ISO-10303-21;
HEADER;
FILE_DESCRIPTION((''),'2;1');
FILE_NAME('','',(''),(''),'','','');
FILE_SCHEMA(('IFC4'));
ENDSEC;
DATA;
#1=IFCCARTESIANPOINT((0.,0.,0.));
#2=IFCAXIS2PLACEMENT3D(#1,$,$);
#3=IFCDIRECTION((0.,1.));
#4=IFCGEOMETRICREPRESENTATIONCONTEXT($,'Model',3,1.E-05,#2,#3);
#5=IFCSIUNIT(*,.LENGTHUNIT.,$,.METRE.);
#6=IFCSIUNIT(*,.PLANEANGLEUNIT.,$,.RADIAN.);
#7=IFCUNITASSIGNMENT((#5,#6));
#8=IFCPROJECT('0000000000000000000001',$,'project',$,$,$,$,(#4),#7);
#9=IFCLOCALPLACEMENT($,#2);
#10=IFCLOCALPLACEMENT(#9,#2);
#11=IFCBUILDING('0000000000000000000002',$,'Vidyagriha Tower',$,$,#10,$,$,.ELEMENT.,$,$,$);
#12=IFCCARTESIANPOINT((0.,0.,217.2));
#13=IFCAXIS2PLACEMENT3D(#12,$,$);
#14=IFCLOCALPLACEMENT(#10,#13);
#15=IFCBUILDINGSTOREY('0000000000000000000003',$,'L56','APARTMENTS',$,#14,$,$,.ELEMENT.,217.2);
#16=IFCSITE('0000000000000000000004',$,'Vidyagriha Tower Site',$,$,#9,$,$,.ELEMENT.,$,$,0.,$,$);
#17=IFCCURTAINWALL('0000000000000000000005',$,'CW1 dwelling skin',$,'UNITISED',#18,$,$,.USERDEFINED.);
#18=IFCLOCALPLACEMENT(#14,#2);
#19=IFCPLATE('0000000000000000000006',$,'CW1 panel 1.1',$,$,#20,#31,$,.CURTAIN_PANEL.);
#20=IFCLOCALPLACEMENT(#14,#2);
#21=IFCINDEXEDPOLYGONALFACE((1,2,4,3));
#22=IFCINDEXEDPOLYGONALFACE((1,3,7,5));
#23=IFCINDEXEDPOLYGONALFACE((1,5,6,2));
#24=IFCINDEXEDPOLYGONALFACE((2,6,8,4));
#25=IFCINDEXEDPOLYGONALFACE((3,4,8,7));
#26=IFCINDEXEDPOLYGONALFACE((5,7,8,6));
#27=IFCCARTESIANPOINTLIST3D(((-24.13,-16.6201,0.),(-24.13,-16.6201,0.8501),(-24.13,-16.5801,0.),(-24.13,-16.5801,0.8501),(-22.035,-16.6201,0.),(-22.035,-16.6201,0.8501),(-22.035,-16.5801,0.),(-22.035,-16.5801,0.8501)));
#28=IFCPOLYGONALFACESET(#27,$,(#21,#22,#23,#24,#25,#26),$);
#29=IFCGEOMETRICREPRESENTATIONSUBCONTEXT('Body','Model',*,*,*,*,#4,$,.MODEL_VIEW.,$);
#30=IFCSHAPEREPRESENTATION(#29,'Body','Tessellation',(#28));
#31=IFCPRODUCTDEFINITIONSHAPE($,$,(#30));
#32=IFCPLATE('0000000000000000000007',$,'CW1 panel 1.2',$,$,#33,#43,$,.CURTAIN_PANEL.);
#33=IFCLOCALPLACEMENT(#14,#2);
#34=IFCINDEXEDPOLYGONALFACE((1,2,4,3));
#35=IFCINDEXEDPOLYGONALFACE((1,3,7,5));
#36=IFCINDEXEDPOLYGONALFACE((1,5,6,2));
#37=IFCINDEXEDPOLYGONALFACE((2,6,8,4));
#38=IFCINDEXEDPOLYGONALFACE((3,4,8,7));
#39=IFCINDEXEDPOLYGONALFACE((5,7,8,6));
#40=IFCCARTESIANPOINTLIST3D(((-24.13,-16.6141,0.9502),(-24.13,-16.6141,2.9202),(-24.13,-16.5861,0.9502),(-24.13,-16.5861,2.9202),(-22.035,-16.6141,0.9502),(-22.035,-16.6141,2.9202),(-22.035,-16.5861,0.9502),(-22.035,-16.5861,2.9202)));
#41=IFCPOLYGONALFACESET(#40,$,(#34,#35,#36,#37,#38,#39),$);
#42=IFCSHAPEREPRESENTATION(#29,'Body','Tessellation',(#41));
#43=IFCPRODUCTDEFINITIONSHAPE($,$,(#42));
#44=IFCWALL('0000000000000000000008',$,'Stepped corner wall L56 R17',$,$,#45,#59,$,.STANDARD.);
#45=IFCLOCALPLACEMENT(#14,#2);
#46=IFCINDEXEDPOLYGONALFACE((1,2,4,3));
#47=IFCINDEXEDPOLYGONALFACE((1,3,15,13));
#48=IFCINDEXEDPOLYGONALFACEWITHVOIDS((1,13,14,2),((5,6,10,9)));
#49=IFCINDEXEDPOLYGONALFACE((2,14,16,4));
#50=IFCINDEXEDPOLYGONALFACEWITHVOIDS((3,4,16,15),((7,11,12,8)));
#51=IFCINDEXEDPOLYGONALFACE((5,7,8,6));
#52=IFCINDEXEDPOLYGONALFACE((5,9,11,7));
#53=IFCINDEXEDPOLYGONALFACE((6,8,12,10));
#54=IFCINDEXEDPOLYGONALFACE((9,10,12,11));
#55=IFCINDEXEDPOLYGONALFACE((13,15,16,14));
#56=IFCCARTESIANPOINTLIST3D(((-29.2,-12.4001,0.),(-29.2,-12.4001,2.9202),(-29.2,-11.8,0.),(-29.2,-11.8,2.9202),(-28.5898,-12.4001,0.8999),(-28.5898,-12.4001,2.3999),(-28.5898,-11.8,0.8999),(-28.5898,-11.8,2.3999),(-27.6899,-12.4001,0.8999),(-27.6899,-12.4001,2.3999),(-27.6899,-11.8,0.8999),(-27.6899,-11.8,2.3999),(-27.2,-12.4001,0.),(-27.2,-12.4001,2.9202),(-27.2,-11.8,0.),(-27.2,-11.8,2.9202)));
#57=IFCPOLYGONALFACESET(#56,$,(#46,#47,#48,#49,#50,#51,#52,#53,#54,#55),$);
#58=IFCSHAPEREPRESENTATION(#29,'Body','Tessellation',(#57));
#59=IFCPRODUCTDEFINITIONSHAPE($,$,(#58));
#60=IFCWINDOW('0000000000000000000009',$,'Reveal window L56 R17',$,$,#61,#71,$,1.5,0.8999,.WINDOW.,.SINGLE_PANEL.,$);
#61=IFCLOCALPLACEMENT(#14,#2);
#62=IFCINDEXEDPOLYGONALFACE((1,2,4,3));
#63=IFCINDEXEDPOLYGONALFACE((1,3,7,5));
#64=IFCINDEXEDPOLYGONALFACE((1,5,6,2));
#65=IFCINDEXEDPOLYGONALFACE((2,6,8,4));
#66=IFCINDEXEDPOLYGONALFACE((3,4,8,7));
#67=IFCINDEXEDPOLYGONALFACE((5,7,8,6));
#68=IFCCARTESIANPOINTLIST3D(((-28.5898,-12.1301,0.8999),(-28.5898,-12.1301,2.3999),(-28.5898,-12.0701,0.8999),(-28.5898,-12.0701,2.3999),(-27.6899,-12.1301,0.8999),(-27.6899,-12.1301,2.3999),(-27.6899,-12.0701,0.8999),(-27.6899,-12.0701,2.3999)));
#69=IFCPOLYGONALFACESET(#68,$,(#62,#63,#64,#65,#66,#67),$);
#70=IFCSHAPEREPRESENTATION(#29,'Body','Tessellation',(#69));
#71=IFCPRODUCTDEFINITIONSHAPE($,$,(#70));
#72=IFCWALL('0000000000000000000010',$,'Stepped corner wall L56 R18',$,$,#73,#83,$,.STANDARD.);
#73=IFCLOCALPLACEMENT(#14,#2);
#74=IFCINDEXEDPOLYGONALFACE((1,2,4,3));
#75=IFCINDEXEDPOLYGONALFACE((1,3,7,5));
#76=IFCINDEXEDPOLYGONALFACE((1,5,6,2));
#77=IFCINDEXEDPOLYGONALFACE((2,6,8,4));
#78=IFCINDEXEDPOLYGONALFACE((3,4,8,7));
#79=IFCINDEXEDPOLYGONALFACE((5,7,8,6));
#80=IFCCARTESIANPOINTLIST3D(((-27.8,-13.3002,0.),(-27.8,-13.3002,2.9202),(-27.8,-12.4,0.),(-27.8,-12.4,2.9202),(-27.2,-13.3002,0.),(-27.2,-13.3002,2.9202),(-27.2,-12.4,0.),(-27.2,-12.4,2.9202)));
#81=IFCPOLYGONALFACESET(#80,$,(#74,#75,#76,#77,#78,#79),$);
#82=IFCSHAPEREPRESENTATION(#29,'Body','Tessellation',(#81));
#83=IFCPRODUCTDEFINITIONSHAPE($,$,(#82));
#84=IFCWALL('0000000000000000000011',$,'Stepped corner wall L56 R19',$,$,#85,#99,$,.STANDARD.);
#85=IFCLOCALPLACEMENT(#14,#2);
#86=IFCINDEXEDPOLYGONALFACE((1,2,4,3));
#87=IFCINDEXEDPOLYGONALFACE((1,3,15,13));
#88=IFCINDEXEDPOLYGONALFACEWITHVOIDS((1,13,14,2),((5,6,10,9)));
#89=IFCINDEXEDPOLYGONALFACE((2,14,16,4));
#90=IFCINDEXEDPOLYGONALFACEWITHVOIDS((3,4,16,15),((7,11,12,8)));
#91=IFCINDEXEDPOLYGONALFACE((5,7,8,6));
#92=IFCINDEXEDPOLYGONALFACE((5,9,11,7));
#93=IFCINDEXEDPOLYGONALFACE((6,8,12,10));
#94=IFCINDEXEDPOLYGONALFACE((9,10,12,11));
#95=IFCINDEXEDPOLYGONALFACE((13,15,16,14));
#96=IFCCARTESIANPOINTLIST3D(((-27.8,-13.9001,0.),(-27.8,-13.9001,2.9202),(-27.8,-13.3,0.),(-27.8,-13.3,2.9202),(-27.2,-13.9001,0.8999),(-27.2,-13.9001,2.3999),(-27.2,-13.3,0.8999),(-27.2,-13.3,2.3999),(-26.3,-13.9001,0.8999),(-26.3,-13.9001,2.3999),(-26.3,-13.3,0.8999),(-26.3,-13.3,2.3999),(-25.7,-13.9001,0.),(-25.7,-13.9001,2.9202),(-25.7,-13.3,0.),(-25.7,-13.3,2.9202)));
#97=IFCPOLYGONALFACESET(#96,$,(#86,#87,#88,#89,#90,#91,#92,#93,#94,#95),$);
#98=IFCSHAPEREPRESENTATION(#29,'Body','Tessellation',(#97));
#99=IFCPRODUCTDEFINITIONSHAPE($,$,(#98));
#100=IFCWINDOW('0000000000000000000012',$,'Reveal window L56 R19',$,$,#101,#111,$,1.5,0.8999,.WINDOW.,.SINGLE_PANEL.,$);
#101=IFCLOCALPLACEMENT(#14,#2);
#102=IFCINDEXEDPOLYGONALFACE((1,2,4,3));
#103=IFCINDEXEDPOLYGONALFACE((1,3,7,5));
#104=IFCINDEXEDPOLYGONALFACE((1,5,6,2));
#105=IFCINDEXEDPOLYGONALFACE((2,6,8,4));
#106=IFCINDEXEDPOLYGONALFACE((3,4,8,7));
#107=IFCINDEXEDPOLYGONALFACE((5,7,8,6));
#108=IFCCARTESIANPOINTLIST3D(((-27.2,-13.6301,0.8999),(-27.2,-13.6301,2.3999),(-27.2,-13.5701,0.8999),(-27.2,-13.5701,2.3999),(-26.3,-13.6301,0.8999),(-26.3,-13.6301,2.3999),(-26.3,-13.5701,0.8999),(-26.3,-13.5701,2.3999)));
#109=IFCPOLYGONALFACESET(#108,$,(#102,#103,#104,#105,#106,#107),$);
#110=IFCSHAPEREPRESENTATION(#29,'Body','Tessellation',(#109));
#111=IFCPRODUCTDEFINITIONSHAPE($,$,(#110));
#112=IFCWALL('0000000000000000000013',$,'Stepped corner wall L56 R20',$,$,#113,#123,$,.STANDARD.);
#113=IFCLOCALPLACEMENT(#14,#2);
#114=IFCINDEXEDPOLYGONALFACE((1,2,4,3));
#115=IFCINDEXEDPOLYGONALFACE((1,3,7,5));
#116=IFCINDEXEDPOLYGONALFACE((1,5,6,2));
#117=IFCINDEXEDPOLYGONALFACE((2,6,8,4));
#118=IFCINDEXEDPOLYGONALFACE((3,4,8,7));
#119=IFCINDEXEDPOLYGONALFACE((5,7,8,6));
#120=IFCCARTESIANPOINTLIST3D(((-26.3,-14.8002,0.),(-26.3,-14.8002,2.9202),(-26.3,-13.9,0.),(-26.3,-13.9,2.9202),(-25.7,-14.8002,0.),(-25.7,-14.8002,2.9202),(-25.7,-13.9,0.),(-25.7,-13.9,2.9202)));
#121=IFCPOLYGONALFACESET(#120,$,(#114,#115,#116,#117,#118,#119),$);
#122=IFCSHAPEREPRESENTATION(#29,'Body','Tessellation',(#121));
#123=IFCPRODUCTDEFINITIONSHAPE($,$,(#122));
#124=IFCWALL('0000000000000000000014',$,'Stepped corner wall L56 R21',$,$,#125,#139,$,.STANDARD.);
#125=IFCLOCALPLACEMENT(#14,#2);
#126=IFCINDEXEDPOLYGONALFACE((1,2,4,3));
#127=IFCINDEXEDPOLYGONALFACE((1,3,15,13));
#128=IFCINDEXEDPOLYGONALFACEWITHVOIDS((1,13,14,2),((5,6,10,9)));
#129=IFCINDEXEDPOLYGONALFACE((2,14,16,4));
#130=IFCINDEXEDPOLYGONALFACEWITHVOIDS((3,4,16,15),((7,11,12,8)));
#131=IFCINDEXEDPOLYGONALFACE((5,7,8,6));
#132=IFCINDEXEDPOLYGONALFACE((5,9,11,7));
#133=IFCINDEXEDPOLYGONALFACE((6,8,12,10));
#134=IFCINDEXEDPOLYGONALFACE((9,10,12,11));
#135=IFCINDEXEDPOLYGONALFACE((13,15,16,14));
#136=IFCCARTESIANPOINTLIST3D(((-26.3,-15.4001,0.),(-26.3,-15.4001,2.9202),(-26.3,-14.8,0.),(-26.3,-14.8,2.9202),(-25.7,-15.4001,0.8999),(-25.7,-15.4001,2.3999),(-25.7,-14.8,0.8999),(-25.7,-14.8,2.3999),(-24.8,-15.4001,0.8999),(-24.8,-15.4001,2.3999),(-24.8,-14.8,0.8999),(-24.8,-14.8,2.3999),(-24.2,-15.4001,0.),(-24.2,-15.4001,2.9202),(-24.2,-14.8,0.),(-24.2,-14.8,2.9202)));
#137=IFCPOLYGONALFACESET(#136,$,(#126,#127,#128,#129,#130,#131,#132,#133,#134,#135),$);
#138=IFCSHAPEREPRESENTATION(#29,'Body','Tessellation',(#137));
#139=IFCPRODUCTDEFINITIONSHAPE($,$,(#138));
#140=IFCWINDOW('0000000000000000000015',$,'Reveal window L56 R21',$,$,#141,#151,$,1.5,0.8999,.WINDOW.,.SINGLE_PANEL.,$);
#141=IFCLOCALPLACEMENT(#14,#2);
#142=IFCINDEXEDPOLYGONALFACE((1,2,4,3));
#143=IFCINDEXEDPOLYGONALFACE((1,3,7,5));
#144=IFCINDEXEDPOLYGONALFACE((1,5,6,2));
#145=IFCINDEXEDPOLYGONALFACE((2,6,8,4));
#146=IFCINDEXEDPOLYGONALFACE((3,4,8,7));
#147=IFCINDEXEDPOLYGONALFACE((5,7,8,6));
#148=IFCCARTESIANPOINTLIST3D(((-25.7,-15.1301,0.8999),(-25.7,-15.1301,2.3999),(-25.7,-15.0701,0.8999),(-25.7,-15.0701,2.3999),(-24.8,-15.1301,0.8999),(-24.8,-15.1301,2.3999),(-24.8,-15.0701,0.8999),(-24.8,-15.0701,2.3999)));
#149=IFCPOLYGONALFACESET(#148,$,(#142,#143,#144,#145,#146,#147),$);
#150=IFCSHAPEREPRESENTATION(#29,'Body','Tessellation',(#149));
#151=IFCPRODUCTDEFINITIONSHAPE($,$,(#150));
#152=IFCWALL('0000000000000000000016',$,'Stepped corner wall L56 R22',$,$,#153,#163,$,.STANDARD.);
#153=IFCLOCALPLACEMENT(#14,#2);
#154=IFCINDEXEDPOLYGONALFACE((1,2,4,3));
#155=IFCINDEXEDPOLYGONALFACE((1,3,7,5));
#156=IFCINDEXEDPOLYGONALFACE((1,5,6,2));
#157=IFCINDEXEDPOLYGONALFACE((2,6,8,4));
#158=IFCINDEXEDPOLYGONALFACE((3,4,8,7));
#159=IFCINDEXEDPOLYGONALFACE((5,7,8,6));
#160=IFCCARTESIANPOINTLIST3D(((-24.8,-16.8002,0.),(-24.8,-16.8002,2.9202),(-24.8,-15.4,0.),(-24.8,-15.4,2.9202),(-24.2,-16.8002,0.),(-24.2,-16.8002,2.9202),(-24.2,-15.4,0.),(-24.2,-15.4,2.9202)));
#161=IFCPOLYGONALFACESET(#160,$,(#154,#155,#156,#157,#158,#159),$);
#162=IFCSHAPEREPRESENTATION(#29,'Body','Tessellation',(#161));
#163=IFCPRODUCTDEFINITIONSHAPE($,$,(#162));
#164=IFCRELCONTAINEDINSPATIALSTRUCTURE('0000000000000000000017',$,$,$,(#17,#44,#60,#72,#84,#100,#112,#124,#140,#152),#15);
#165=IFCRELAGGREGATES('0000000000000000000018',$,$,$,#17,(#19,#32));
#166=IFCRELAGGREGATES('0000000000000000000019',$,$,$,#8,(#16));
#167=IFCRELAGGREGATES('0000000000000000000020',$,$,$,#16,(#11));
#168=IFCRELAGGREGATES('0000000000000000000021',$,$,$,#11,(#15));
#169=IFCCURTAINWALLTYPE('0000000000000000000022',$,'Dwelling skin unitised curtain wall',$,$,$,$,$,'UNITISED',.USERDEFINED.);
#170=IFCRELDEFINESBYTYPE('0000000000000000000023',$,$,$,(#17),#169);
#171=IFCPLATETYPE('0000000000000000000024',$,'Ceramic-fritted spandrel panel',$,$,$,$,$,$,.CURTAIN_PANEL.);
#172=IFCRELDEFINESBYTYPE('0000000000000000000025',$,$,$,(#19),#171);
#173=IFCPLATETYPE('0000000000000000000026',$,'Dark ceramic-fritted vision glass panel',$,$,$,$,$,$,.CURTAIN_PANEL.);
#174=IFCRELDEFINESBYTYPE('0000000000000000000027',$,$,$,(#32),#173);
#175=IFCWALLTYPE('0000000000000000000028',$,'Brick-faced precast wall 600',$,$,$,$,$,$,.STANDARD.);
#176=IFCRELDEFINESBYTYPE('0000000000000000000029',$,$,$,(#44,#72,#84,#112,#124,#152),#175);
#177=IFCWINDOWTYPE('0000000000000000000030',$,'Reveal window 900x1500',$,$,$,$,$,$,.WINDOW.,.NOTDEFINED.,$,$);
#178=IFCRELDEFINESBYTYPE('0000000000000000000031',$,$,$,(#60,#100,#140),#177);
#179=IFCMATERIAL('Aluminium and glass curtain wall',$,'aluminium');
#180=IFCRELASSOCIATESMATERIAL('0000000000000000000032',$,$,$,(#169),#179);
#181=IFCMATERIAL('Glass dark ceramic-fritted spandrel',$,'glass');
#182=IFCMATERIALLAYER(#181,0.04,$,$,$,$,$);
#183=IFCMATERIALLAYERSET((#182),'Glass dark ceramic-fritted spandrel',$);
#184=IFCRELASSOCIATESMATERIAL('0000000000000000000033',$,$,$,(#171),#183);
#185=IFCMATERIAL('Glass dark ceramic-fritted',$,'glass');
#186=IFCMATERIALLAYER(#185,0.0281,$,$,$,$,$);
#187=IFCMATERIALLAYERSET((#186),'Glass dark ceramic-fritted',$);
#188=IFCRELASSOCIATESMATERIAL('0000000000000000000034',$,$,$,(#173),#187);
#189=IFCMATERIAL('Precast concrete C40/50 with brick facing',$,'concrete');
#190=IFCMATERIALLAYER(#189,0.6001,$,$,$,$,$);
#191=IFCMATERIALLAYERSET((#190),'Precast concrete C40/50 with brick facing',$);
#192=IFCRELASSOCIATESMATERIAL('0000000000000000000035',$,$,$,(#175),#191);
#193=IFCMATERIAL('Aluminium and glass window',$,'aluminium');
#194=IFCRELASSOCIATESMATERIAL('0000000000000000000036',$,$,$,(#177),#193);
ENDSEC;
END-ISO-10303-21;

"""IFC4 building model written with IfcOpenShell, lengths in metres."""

from ifc_helpers import new_model, si_unit, direction, frame, frame_2d, origin, origin_2d, place, context, subcontext, project, spatial, rectangle, extrude, material, layer, layer_set, type_object, element, fill, aggregate, save


model = new_model("IFC4")

# Units and contexts
model_context = context("Model", 3, precision=1e-05, world=origin(), true_north=direction((0.0, 1.0)))
body_context = subcontext(model_context, "Body", "Model", "MODEL_VIEW")
ifc_project = project(units=[si_unit("LENGTHUNIT", "METRE"), si_unit("PLANEANGLEUNIT", "RADIAN")], contexts=[model_context])

# Site, building, storey
site_placement = place(None, origin())
site = spatial("IfcSite", under=ifc_project, at=site_placement, Name="Vidyagriha Tower Site", CompositionType="ELEMENT", RefElevation=0.0)
building_placement = place(site_placement, origin())
building = spatial("IfcBuilding", under=site, at=building_placement, Name="Vidyagriha Tower", CompositionType="ELEMENT")
storey_placement = place(building_placement, frame((0.0, 0.0, 217.2)))
storey = spatial("IfcBuildingStorey", under=building, at=storey_placement, Name="L56", Description="APARTMENTS", CompositionType="ELEMENT", Elevation=217.2)

# Shared definitions
ifc_material_1 = material(Name="Aluminium and glass curtain wall", Category="aluminium")
curtain_wall_type = type_object("IfcCurtainWallType", Name="Dwelling skin unitised curtain wall", ElementType="UNITISED", PredefinedType="USERDEFINED", material=ifc_material_1)

# Curtain wall, plates
curtain_wall_1_placement = place(storey_placement, origin())
curtain_wall_1 = element("IfcCurtainWall", 1, at=curtain_wall_1_placement, inside=storey, type_object=curtain_wall_type, Name="CW1 dwelling skin", ObjectType="UNITISED", PredefinedType="USERDEFINED")
ifc_material_2 = material(Name="Glass dark ceramic-fritted spandrel", Category="glass")
ifc_layer_1 = layer(ifc_material_2, 0.04)
ifc_layer_set_1 = layer_set([ifc_layer_1], Name="Glass dark ceramic-fritted spandrel")
plate_type_1 = type_object("IfcPlateType", Name="Ceramic-fritted spandrel panel", PredefinedType="CURTAIN_PANEL", material=ifc_layer_set_1)
plate_1_placement = place(storey_placement, frame((-23.0825, -16.6001, 0.0)))
plate_1 = element("IfcPlate", 2, at=plate_1_placement, type_object=plate_type_1, Name="CW1 panel 1.1", PredefinedType="CURTAIN_PANEL", context=body_context, shape_type="SweptSolid", body=[
    extrude(rectangle(XDim=2.095, YDim=0.04, at=origin_2d()), origin(), (0.0, 0.0, 1.0), 0.8501),
])
ifc_material_3 = material(Name="Glass dark ceramic-fritted", Category="glass")
ifc_layer_2 = layer(ifc_material_3, 0.0281)
ifc_layer_set_2 = layer_set([ifc_layer_2], Name="Glass dark ceramic-fritted")
plate_type_2 = type_object("IfcPlateType", Name="Dark ceramic-fritted vision glass panel", PredefinedType="CURTAIN_PANEL", material=ifc_layer_set_2)
plate_2_placement = place(storey_placement, frame((-23.0825, -16.6001, 0.9502)))
plate_2 = element("IfcPlate", 3, at=plate_2_placement, type_object=plate_type_2, Name="CW1 panel 1.2", PredefinedType="CURTAIN_PANEL", context=body_context, shape_type="SweptSolid", body=[
    extrude(rectangle(XDim=2.095, YDim=0.0281, at=origin_2d()), origin(), (0.0, 0.0, 1.0), 1.97),
])
aggregate(curtain_wall_1, [plate_1, plate_2])

# Wall, opening, window
ifc_material_4 = material(Name="Precast concrete C40/50 with brick facing", Category="concrete")
ifc_layer_3 = layer(ifc_material_4, 0.6001)
ifc_layer_set_3 = layer_set([ifc_layer_3], Name="Precast concrete C40/50 with brick facing")
wall_type = type_object("IfcWallType", Name="Brick-faced precast wall 600", PredefinedType="STANDARD", material=ifc_layer_set_3)
wall_1_placement = place(storey_placement, frame((-29.2, -12.1001, 0.0)))
wall_1 = element("IfcWall", 4, at=wall_1_placement, inside=storey, type_object=wall_type, Name="Stepped corner wall L56 R17", PredefinedType="STANDARD", context=body_context, shape_type="SweptSolid", body=[
    extrude(rectangle(XDim=2.0, YDim=0.6001, at=frame_2d((1.0, 0.0))), origin(), (0.0, 0.0, 1.0), 2.9202),
])
opening_1_placement = place(wall_1_placement, frame((0.6101, 0.0, 0.8999)))
opening_1 = element("IfcOpeningElement", 5, at=opening_1_placement, cuts=wall_1, PredefinedType="OPENING", context=body_context, shape_type="SweptSolid", body=[
    extrude(rectangle(XDim=0.8999, YDim=1.5, at=frame_2d((0.45, 0.75))), frame((0.0, 0.3101, 0.0), z_axis=(0.0, -1.0, 0.0), x_axis=(1.0, 0.0, 0.0)), (0.0, 0.0, 1.0), 0.6201),
])
ifc_material_5 = material(Name="Aluminium and glass window", Category="aluminium")
window_type = type_object("IfcWindowType", Name="Reveal window 900x1500", PartitioningType="NOTDEFINED", PredefinedType="WINDOW", material=ifc_material_5)
window_1_placement = place(opening_1_placement, origin())
window_1 = element("IfcWindow", 6, at=window_1_placement, inside=storey, type_object=window_type, Name="Reveal window L56 R17", OverallHeight=1.5, OverallWidth=0.8999, PartitioningType="SINGLE_PANEL", PredefinedType="WINDOW", context=body_context, shape_type="SweptSolid", body=[
    extrude(rectangle(XDim=0.8999, YDim=1.5, at=frame_2d((0.45, 0.75))), frame((0.0, 0.03, 0.0), z_axis=(0.0, -1.0, 0.0), x_axis=(1.0, 0.0, 0.0)), (0.0, 0.0, 1.0), 0.0601),
])
fill(opening_1, window_1)

# Wall
wall_2_placement = place(storey_placement, frame((-27.5, -12.3999, 0.0), z_axis=(0.0, 0.0, 1.0), x_axis=(0.0, -1.0, 0.0)))
element("IfcWall", 7, at=wall_2_placement, inside=storey, type_object=wall_type, Name="Stepped corner wall L56 R18", PredefinedType="STANDARD", context=body_context, shape_type="SweptSolid", body=[
    extrude(rectangle(XDim=0.9001, YDim=0.6001, at=frame_2d((0.4502, 0.0))), origin(), (0.0, 0.0, 1.0), 2.9202),
])

# Wall, opening, window
wall_3_placement = place(storey_placement, frame((-27.8, -13.6001, 0.0)))
wall_3 = element("IfcWall", 8, at=wall_3_placement, inside=storey, type_object=wall_type, Name="Stepped corner wall L56 R19", PredefinedType="STANDARD", context=body_context, shape_type="SweptSolid", body=[
    extrude(rectangle(XDim=2.1001, YDim=0.6001, at=frame_2d((1.05, 0.0))), origin(), (0.0, 0.0, 1.0), 2.9202),
])
opening_2_placement = place(wall_3_placement, frame((0.6001, 0.0, 0.8999)))
opening_2 = element("IfcOpeningElement", 9, at=opening_2_placement, cuts=wall_3, PredefinedType="OPENING", context=body_context, shape_type="SweptSolid", body=[
    extrude(rectangle(XDim=0.8999, YDim=1.5, at=frame_2d((0.45, 0.75))), frame((0.0, 0.3101, 0.0), z_axis=(0.0, -1.0, 0.0), x_axis=(1.0, 0.0, 0.0)), (0.0, 0.0, 1.0), 0.6201),
])
window_2_placement = place(opening_2_placement, origin())
window_2 = element("IfcWindow", 10, at=window_2_placement, inside=storey, type_object=window_type, Name="Reveal window L56 R19", OverallHeight=1.5, OverallWidth=0.8999, PartitioningType="SINGLE_PANEL", PredefinedType="WINDOW", context=body_context, shape_type="SweptSolid", body=[
    extrude(rectangle(XDim=0.8999, YDim=1.5, at=frame_2d((0.45, 0.75))), frame((0.0, 0.03, 0.0), z_axis=(0.0, -1.0, 0.0), x_axis=(1.0, 0.0, 0.0)), (0.0, 0.0, 1.0), 0.0601),
])
fill(opening_2, window_2)

# Wall
wall_4_placement = place(storey_placement, frame((-26.0, -13.8999, 0.0), z_axis=(0.0, 0.0, 1.0), x_axis=(0.0, -1.0, 0.0)))
element("IfcWall", 11, at=wall_4_placement, inside=storey, type_object=wall_type, Name="Stepped corner wall L56 R20", PredefinedType="STANDARD", context=body_context, shape_type="SweptSolid", body=[
    extrude(rectangle(XDim=0.9001, YDim=0.6001, at=frame_2d((0.4502, 0.0))), origin(), (0.0, 0.0, 1.0), 2.9202),
])

# Wall, opening, window
wall_5_placement = place(storey_placement, frame((-26.3, -15.1001, 0.0)))
wall_5 = element("IfcWall", 12, at=wall_5_placement, inside=storey, type_object=wall_type, Name="Stepped corner wall L56 R21", PredefinedType="STANDARD", context=body_context, shape_type="SweptSolid", body=[
    extrude(rectangle(XDim=2.1001, YDim=0.6001, at=frame_2d((1.05, 0.0))), origin(), (0.0, 0.0, 1.0), 2.9202),
])
opening_3_placement = place(wall_5_placement, frame((0.6001, 0.0, 0.8999)))
opening_3 = element("IfcOpeningElement", 13, at=opening_3_placement, cuts=wall_5, PredefinedType="OPENING", context=body_context, shape_type="SweptSolid", body=[
    extrude(rectangle(XDim=0.8999, YDim=1.5, at=frame_2d((0.45, 0.75))), frame((0.0, 0.3101, 0.0), z_axis=(0.0, -1.0, 0.0), x_axis=(1.0, 0.0, 0.0)), (0.0, 0.0, 1.0), 0.6201),
])
window_3_placement = place(opening_3_placement, origin())
window_3 = element("IfcWindow", 14, at=window_3_placement, inside=storey, type_object=window_type, Name="Reveal window L56 R21", OverallHeight=1.5, OverallWidth=0.8999, PartitioningType="SINGLE_PANEL", PredefinedType="WINDOW", context=body_context, shape_type="SweptSolid", body=[
    extrude(rectangle(XDim=0.8999, YDim=1.5, at=frame_2d((0.45, 0.75))), frame((0.0, 0.03, 0.0), z_axis=(0.0, -1.0, 0.0), x_axis=(1.0, 0.0, 0.0)), (0.0, 0.0, 1.0), 0.0601),
])
fill(opening_3, window_3)

# Wall
wall_6_placement = place(storey_placement, frame((-24.5, -15.3999, 0.0), z_axis=(0.0, 0.0, 1.0), x_axis=(0.0, -1.0, 0.0)))
element("IfcWall", 15, at=wall_6_placement, inside=storey, type_object=wall_type, Name="Stepped corner wall L56 R22", PredefinedType="STANDARD", context=body_context, shape_type="SweptSolid", body=[
    extrude(rectangle(XDim=1.4001, YDim=0.6001, at=frame_2d((0.7002, 0.0))), origin(), (0.0, 0.0, 1.0), 2.9202),
])

save(model, "model.ifc")
